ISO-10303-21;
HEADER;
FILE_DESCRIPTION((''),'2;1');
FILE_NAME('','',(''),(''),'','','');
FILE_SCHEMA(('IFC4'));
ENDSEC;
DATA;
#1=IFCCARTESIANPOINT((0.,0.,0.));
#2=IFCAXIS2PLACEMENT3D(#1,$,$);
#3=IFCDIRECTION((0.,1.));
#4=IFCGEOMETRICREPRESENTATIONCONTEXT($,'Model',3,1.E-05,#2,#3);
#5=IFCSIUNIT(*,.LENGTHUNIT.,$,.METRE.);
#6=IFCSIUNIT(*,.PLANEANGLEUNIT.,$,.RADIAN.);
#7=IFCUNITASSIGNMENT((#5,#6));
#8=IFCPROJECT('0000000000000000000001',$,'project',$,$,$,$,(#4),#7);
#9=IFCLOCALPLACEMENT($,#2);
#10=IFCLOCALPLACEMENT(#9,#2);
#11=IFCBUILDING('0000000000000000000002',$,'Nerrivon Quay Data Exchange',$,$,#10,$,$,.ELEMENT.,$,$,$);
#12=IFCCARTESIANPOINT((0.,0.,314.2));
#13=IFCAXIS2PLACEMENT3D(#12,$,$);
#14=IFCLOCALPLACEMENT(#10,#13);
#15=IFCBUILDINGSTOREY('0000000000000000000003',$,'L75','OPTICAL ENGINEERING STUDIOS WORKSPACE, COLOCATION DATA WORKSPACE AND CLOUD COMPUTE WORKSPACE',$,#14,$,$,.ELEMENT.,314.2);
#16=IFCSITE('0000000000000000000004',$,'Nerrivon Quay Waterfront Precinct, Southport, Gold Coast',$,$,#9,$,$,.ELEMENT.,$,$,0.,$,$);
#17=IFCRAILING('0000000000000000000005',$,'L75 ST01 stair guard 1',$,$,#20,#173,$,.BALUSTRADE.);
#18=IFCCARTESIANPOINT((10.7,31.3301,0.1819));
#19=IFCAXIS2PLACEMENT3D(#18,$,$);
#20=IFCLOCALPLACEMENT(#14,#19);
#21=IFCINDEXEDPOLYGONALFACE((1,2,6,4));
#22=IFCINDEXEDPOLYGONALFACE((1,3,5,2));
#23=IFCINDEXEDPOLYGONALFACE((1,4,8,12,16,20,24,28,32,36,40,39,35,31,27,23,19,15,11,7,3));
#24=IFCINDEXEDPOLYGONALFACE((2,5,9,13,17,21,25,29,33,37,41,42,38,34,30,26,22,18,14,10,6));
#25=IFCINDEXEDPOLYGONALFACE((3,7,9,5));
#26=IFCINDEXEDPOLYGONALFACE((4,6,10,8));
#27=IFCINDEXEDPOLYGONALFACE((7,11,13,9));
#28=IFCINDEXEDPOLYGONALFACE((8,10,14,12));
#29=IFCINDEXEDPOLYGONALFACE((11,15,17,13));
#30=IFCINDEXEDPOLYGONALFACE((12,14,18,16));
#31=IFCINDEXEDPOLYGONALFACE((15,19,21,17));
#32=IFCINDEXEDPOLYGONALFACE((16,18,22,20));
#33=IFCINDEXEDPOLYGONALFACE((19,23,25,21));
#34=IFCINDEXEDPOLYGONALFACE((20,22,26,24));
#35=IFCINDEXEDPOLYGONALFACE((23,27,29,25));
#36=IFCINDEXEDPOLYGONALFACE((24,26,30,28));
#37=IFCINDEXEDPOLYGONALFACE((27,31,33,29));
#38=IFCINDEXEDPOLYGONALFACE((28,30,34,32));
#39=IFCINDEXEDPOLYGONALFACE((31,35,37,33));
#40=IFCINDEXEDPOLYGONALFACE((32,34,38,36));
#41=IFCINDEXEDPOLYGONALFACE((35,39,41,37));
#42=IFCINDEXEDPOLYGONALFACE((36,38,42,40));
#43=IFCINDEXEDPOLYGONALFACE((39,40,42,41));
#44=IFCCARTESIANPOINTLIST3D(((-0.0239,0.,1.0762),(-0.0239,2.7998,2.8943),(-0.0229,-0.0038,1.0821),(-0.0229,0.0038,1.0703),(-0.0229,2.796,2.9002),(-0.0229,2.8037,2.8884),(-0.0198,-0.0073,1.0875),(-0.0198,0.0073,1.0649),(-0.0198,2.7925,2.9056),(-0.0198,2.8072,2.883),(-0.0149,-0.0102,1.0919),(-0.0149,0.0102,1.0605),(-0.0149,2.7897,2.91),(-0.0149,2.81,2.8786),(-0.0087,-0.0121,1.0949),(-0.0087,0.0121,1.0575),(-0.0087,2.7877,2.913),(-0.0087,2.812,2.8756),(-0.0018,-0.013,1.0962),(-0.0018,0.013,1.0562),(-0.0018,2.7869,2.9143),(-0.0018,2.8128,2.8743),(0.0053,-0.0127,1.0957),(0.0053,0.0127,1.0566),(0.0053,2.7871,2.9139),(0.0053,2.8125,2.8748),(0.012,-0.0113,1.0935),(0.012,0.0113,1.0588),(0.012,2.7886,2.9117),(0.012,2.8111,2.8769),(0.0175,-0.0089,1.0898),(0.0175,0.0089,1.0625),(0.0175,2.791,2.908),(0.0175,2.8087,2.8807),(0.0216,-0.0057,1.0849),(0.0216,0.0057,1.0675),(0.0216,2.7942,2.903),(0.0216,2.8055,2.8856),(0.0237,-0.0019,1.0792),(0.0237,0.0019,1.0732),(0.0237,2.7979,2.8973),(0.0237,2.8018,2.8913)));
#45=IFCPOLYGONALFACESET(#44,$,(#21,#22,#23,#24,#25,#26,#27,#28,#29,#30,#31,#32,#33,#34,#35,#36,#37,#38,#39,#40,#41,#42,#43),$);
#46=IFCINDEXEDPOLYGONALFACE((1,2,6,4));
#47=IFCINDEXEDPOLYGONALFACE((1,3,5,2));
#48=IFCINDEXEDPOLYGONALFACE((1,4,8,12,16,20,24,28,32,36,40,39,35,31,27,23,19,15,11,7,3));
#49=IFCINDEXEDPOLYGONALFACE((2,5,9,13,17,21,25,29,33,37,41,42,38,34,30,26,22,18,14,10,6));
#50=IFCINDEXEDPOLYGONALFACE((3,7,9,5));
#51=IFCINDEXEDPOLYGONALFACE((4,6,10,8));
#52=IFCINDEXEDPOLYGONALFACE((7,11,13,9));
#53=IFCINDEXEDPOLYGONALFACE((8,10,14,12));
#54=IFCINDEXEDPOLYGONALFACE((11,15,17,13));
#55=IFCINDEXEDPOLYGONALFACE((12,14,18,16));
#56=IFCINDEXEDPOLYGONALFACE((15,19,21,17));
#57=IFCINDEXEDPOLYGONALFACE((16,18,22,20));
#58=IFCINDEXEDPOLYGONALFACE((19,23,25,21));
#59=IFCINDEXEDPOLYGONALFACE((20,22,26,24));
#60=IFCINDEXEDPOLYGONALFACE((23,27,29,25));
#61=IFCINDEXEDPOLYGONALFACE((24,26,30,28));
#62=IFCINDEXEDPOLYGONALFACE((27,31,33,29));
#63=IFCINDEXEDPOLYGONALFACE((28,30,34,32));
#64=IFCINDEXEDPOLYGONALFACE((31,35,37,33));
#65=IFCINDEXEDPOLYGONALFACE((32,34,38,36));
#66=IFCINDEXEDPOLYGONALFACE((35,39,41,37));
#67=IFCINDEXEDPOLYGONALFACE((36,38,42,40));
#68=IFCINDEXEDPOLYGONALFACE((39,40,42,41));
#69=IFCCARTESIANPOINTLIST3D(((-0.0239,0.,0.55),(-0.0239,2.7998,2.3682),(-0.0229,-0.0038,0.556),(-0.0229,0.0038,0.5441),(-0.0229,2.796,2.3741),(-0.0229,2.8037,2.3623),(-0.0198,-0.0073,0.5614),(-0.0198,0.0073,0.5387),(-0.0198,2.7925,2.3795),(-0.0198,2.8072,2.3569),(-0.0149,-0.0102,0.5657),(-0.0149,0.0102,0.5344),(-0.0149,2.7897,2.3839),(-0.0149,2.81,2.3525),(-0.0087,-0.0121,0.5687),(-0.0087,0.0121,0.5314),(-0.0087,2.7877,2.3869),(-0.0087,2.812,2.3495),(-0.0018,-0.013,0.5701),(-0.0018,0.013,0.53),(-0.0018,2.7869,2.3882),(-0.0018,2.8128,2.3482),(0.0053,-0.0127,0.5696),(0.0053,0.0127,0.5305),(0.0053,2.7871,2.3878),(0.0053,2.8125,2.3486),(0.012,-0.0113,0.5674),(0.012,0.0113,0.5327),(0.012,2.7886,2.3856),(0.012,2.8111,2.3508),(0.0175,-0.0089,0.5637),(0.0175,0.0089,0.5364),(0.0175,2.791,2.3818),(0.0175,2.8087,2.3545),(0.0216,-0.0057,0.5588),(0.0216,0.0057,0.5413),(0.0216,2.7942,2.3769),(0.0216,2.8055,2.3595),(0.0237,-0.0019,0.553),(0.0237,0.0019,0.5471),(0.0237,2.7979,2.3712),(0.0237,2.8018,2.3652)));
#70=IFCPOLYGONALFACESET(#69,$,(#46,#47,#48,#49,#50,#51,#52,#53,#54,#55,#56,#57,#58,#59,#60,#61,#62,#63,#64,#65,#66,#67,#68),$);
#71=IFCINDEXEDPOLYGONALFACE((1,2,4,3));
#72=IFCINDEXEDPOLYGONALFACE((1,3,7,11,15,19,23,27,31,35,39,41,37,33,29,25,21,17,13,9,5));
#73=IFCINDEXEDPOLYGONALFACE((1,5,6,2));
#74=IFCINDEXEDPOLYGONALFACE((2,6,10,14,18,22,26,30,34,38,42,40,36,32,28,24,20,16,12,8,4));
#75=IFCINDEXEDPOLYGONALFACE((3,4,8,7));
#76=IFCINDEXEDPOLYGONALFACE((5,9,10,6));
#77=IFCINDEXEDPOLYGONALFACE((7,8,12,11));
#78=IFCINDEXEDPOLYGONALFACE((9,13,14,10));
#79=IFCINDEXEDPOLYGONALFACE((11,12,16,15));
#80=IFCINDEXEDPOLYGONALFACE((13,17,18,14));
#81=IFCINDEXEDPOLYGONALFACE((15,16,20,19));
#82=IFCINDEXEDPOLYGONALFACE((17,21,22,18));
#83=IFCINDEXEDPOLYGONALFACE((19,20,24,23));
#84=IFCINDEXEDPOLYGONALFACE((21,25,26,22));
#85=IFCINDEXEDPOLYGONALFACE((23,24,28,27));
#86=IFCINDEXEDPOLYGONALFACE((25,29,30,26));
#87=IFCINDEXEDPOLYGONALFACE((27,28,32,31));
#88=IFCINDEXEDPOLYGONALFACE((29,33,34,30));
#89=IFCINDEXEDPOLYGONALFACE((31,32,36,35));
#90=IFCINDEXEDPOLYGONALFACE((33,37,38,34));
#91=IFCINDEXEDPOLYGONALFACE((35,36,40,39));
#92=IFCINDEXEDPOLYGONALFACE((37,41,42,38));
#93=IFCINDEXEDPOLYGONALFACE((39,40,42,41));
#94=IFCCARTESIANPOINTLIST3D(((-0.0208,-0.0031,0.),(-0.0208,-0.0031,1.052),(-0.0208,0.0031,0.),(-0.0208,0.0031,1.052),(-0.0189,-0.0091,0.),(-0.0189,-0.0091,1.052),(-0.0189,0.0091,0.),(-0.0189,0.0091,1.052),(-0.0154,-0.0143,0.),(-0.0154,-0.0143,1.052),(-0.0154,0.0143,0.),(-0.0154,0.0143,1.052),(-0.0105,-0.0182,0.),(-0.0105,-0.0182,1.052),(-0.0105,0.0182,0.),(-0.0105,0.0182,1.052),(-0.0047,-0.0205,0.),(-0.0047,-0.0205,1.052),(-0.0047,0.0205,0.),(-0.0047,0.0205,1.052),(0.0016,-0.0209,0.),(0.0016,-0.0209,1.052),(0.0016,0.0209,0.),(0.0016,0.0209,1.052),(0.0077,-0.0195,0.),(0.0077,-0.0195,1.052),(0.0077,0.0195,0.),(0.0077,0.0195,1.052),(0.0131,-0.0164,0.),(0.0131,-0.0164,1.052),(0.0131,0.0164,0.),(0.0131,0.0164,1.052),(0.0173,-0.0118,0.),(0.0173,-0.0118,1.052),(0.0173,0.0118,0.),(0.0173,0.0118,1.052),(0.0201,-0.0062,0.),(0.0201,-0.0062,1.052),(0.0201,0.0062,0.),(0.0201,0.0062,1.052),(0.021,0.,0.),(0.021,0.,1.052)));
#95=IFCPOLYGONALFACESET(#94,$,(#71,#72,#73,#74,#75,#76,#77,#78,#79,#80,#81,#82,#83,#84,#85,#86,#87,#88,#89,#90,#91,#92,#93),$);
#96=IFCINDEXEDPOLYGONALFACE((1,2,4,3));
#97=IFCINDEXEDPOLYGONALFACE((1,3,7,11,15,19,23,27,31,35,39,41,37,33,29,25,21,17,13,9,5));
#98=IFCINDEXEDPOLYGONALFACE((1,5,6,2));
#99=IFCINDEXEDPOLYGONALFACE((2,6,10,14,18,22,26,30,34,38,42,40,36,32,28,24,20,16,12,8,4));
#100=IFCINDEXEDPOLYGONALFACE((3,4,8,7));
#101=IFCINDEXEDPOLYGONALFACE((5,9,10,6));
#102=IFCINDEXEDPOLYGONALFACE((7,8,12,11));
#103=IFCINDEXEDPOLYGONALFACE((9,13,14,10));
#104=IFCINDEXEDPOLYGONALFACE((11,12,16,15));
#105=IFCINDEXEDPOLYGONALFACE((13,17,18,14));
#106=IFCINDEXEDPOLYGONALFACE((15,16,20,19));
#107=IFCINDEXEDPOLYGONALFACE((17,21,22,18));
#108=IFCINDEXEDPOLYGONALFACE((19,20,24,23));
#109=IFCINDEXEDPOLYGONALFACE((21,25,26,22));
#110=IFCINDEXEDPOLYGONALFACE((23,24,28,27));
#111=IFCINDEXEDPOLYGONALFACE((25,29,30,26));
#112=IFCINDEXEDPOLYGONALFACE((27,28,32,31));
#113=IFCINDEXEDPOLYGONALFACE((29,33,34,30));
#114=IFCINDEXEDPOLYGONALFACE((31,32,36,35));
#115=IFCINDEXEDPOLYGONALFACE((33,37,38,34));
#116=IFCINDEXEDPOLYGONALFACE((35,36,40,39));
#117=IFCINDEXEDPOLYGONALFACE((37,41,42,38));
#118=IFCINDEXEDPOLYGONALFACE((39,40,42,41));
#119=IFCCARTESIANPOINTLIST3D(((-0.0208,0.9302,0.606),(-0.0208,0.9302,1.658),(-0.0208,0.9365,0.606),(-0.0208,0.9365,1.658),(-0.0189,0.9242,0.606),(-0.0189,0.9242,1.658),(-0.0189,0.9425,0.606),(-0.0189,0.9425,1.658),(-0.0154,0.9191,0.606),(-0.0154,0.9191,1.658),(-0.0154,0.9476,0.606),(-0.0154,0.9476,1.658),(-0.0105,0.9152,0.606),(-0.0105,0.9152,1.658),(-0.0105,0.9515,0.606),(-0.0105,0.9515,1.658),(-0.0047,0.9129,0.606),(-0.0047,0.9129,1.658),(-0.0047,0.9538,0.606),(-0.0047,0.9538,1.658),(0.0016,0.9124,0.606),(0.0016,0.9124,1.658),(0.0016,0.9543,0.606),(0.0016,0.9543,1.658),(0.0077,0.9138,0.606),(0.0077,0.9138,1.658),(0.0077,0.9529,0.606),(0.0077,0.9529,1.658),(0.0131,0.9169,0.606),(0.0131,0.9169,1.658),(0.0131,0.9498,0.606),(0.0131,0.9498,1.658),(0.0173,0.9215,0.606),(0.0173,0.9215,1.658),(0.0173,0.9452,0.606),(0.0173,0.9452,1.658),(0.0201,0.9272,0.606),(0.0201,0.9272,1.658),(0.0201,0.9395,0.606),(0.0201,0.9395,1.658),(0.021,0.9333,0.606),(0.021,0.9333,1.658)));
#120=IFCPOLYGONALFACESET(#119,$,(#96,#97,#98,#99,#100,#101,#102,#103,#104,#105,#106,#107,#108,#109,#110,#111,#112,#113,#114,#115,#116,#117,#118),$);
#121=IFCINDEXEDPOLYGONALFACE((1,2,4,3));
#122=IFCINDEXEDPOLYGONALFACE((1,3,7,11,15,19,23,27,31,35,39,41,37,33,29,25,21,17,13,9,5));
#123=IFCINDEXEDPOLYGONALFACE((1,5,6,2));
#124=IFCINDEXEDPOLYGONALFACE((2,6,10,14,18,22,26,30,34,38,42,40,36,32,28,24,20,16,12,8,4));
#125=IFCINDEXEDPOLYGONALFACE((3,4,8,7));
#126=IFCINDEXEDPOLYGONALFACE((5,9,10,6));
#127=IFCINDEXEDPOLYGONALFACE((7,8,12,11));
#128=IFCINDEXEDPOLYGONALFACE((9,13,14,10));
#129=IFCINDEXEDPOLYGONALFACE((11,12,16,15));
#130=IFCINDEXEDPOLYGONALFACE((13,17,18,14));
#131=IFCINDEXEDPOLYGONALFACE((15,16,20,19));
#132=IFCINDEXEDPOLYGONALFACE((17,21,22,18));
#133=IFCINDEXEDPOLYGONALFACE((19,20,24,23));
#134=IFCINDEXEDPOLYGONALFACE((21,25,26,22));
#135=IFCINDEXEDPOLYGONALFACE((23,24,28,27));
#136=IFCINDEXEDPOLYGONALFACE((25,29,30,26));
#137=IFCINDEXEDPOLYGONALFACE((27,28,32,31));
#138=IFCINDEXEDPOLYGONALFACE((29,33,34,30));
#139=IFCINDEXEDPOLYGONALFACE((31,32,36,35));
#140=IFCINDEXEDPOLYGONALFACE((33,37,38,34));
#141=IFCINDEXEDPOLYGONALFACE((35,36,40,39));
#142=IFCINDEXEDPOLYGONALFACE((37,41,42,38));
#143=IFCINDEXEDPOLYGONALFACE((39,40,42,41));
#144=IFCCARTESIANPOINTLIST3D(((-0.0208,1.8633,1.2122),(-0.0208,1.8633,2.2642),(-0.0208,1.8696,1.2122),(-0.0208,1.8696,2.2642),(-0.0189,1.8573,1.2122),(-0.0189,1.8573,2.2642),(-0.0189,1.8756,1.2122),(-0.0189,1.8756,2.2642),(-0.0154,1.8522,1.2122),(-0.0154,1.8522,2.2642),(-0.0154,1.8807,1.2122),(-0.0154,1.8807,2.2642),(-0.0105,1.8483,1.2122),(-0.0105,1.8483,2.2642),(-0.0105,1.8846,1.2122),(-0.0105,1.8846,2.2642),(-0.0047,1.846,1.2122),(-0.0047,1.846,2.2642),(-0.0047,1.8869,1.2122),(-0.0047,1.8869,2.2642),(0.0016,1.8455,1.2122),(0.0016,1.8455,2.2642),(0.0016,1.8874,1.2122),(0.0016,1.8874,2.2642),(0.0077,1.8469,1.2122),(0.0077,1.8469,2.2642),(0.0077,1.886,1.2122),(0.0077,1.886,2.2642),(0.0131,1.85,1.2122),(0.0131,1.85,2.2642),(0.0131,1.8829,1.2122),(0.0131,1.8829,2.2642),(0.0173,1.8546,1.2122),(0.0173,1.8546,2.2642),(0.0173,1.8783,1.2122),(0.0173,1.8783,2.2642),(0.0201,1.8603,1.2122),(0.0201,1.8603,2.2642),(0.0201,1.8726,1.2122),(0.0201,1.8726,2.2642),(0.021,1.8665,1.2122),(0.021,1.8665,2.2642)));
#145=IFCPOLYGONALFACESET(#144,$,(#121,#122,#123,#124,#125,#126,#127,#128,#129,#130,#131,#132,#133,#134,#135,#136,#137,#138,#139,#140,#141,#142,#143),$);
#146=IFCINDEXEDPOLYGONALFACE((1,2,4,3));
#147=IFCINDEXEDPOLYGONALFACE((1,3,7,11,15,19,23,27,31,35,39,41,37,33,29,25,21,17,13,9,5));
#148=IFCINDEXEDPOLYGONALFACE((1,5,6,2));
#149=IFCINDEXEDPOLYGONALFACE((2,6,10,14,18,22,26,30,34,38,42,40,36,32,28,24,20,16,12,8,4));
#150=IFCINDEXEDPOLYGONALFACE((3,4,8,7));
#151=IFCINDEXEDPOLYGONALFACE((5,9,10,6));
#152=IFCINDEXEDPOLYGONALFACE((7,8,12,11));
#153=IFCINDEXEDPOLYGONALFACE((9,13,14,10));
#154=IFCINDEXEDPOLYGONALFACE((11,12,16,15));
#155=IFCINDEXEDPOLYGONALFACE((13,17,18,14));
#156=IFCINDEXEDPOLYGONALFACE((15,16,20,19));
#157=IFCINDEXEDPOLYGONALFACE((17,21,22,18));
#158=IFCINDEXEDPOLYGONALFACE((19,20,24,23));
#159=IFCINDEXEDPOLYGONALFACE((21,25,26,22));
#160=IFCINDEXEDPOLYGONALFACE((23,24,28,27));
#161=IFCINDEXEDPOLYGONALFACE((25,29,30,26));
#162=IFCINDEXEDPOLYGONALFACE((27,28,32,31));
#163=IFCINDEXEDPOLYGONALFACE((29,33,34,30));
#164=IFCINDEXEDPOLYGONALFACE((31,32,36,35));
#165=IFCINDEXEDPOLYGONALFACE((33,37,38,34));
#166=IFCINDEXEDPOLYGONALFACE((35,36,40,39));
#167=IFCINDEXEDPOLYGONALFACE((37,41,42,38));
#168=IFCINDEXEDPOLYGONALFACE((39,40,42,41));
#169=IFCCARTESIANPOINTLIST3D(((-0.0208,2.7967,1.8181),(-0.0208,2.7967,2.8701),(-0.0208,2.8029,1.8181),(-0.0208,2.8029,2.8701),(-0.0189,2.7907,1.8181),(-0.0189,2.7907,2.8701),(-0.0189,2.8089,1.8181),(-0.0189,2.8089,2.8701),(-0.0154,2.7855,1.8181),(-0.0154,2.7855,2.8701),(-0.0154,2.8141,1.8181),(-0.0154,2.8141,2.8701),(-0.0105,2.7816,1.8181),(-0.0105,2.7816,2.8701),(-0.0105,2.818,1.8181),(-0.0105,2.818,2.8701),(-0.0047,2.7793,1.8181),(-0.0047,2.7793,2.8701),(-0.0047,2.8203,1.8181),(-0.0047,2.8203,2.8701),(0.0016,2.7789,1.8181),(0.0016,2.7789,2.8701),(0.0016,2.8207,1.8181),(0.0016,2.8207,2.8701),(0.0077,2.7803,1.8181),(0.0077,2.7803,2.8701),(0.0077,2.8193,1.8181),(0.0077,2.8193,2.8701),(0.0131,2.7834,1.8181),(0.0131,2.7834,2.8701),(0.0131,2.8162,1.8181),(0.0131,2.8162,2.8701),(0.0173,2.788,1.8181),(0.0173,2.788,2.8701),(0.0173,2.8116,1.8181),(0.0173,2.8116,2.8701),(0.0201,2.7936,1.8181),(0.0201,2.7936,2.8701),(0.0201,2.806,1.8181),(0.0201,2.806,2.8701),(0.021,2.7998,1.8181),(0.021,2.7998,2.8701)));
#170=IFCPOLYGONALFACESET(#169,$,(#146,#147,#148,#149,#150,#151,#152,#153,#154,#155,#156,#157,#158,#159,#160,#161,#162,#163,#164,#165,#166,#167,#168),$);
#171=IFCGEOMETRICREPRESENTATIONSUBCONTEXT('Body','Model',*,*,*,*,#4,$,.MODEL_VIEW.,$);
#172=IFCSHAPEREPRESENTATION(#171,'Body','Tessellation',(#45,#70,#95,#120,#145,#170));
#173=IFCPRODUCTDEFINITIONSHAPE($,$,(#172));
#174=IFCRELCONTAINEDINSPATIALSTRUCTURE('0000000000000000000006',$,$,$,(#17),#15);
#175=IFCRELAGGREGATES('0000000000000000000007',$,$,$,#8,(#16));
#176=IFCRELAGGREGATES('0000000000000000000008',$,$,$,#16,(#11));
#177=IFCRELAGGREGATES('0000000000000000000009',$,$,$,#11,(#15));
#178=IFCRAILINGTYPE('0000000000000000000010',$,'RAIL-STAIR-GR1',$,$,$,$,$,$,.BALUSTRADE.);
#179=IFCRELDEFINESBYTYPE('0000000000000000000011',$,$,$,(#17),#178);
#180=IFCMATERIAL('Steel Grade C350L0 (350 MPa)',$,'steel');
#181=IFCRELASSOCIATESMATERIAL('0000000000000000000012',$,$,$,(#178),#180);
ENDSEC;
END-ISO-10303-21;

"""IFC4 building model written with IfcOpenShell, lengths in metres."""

from ifc_helpers import new_model, si_unit, direction, frame, origin, origin_2d, place, context, subcontext, project, spatial, circle, extrude, material, type_object, element, save


model = new_model("IFC4")

# Units and contexts
model_context = context("Model", 3, precision=1e-05, world=origin(), true_north=direction((0.0, 1.0)))
body_context = subcontext(model_context, "Body", "Model", "MODEL_VIEW")
ifc_project = project(units=[si_unit("LENGTHUNIT", "METRE"), si_unit("PLANEANGLEUNIT", "RADIAN")], contexts=[model_context])

# Site, building, storey
site_placement = place(None, origin())
site = spatial("IfcSite", under=ifc_project, at=site_placement, Name="Nerrivon Quay Waterfront Precinct, Southport, Gold Coast", CompositionType="ELEMENT", RefElevation=0.0)
building_placement = place(site_placement, origin())
building = spatial("IfcBuilding", under=site, at=building_placement, Name="Nerrivon Quay Data Exchange", CompositionType="ELEMENT")
storey_placement = place(building_placement, frame((0.0, 0.0, 314.2)))
storey = spatial("IfcBuildingStorey", under=building, at=storey_placement, Name="L75", Description="OPTICAL ENGINEERING STUDIOS WORKSPACE, COLOCATION DATA WORKSPACE AND CLOUD COMPUTE WORKSPACE", CompositionType="ELEMENT", Elevation=314.2)

# Shared definitions
ifc_material_1 = material(Name="Steel Grade C350L0 (350 MPa)", Category="steel")

# Railing
railing_type_1 = type_object("IfcRailingType", Name="RAIL-STAIR-GR1", PredefinedType="BALUSTRADE", material=ifc_material_1)
railing_1_placement = place(storey_placement, frame((10.7, 31.3301, 0.1819)))
element("IfcRailing", 1, at=railing_1_placement, inside=storey, type_object=railing_type_1, Name="L75 ST01 stair guard 1", PredefinedType="BALUSTRADE", context=body_context, shape_type="SweptSolid", body=[
    extrude(circle(Radius=0.0239, at=origin_2d()), frame((0.0, 0.0, 1.0762), z_axis=(0.0, 0.838684, 0.544618), x_axis=(-1.0, 0.0, 0.0)), (0.0, 0.0, 1.0), 3.3384),
    extrude(circle(Radius=0.0239, at=origin_2d()), frame((0.0, 0.0, 0.55), z_axis=(0.0, 0.838684, 0.544618), x_axis=(-1.0, 0.0, 0.0)), (0.0, 0.0, 1.0), 3.3384),
    extrude(circle(Radius=0.021, at=origin_2d()), origin(), (0.0, 0.0, 1.0), 1.052),
    extrude(circle(Radius=0.021, at=origin_2d()), frame((0.0, 0.9333, 0.606)), (0.0, 0.0, 1.0), 1.052),
    extrude(circle(Radius=0.021, at=origin_2d()), frame((0.0, 1.8665, 1.2122)), (0.0, 0.0, 1.0), 1.052),
    extrude(circle(Radius=0.021, at=origin_2d()), frame((0.0, 2.7998, 1.8181)), (0.0, 0.0, 1.0), 1.052),
])

save(model, "model.ifc")
